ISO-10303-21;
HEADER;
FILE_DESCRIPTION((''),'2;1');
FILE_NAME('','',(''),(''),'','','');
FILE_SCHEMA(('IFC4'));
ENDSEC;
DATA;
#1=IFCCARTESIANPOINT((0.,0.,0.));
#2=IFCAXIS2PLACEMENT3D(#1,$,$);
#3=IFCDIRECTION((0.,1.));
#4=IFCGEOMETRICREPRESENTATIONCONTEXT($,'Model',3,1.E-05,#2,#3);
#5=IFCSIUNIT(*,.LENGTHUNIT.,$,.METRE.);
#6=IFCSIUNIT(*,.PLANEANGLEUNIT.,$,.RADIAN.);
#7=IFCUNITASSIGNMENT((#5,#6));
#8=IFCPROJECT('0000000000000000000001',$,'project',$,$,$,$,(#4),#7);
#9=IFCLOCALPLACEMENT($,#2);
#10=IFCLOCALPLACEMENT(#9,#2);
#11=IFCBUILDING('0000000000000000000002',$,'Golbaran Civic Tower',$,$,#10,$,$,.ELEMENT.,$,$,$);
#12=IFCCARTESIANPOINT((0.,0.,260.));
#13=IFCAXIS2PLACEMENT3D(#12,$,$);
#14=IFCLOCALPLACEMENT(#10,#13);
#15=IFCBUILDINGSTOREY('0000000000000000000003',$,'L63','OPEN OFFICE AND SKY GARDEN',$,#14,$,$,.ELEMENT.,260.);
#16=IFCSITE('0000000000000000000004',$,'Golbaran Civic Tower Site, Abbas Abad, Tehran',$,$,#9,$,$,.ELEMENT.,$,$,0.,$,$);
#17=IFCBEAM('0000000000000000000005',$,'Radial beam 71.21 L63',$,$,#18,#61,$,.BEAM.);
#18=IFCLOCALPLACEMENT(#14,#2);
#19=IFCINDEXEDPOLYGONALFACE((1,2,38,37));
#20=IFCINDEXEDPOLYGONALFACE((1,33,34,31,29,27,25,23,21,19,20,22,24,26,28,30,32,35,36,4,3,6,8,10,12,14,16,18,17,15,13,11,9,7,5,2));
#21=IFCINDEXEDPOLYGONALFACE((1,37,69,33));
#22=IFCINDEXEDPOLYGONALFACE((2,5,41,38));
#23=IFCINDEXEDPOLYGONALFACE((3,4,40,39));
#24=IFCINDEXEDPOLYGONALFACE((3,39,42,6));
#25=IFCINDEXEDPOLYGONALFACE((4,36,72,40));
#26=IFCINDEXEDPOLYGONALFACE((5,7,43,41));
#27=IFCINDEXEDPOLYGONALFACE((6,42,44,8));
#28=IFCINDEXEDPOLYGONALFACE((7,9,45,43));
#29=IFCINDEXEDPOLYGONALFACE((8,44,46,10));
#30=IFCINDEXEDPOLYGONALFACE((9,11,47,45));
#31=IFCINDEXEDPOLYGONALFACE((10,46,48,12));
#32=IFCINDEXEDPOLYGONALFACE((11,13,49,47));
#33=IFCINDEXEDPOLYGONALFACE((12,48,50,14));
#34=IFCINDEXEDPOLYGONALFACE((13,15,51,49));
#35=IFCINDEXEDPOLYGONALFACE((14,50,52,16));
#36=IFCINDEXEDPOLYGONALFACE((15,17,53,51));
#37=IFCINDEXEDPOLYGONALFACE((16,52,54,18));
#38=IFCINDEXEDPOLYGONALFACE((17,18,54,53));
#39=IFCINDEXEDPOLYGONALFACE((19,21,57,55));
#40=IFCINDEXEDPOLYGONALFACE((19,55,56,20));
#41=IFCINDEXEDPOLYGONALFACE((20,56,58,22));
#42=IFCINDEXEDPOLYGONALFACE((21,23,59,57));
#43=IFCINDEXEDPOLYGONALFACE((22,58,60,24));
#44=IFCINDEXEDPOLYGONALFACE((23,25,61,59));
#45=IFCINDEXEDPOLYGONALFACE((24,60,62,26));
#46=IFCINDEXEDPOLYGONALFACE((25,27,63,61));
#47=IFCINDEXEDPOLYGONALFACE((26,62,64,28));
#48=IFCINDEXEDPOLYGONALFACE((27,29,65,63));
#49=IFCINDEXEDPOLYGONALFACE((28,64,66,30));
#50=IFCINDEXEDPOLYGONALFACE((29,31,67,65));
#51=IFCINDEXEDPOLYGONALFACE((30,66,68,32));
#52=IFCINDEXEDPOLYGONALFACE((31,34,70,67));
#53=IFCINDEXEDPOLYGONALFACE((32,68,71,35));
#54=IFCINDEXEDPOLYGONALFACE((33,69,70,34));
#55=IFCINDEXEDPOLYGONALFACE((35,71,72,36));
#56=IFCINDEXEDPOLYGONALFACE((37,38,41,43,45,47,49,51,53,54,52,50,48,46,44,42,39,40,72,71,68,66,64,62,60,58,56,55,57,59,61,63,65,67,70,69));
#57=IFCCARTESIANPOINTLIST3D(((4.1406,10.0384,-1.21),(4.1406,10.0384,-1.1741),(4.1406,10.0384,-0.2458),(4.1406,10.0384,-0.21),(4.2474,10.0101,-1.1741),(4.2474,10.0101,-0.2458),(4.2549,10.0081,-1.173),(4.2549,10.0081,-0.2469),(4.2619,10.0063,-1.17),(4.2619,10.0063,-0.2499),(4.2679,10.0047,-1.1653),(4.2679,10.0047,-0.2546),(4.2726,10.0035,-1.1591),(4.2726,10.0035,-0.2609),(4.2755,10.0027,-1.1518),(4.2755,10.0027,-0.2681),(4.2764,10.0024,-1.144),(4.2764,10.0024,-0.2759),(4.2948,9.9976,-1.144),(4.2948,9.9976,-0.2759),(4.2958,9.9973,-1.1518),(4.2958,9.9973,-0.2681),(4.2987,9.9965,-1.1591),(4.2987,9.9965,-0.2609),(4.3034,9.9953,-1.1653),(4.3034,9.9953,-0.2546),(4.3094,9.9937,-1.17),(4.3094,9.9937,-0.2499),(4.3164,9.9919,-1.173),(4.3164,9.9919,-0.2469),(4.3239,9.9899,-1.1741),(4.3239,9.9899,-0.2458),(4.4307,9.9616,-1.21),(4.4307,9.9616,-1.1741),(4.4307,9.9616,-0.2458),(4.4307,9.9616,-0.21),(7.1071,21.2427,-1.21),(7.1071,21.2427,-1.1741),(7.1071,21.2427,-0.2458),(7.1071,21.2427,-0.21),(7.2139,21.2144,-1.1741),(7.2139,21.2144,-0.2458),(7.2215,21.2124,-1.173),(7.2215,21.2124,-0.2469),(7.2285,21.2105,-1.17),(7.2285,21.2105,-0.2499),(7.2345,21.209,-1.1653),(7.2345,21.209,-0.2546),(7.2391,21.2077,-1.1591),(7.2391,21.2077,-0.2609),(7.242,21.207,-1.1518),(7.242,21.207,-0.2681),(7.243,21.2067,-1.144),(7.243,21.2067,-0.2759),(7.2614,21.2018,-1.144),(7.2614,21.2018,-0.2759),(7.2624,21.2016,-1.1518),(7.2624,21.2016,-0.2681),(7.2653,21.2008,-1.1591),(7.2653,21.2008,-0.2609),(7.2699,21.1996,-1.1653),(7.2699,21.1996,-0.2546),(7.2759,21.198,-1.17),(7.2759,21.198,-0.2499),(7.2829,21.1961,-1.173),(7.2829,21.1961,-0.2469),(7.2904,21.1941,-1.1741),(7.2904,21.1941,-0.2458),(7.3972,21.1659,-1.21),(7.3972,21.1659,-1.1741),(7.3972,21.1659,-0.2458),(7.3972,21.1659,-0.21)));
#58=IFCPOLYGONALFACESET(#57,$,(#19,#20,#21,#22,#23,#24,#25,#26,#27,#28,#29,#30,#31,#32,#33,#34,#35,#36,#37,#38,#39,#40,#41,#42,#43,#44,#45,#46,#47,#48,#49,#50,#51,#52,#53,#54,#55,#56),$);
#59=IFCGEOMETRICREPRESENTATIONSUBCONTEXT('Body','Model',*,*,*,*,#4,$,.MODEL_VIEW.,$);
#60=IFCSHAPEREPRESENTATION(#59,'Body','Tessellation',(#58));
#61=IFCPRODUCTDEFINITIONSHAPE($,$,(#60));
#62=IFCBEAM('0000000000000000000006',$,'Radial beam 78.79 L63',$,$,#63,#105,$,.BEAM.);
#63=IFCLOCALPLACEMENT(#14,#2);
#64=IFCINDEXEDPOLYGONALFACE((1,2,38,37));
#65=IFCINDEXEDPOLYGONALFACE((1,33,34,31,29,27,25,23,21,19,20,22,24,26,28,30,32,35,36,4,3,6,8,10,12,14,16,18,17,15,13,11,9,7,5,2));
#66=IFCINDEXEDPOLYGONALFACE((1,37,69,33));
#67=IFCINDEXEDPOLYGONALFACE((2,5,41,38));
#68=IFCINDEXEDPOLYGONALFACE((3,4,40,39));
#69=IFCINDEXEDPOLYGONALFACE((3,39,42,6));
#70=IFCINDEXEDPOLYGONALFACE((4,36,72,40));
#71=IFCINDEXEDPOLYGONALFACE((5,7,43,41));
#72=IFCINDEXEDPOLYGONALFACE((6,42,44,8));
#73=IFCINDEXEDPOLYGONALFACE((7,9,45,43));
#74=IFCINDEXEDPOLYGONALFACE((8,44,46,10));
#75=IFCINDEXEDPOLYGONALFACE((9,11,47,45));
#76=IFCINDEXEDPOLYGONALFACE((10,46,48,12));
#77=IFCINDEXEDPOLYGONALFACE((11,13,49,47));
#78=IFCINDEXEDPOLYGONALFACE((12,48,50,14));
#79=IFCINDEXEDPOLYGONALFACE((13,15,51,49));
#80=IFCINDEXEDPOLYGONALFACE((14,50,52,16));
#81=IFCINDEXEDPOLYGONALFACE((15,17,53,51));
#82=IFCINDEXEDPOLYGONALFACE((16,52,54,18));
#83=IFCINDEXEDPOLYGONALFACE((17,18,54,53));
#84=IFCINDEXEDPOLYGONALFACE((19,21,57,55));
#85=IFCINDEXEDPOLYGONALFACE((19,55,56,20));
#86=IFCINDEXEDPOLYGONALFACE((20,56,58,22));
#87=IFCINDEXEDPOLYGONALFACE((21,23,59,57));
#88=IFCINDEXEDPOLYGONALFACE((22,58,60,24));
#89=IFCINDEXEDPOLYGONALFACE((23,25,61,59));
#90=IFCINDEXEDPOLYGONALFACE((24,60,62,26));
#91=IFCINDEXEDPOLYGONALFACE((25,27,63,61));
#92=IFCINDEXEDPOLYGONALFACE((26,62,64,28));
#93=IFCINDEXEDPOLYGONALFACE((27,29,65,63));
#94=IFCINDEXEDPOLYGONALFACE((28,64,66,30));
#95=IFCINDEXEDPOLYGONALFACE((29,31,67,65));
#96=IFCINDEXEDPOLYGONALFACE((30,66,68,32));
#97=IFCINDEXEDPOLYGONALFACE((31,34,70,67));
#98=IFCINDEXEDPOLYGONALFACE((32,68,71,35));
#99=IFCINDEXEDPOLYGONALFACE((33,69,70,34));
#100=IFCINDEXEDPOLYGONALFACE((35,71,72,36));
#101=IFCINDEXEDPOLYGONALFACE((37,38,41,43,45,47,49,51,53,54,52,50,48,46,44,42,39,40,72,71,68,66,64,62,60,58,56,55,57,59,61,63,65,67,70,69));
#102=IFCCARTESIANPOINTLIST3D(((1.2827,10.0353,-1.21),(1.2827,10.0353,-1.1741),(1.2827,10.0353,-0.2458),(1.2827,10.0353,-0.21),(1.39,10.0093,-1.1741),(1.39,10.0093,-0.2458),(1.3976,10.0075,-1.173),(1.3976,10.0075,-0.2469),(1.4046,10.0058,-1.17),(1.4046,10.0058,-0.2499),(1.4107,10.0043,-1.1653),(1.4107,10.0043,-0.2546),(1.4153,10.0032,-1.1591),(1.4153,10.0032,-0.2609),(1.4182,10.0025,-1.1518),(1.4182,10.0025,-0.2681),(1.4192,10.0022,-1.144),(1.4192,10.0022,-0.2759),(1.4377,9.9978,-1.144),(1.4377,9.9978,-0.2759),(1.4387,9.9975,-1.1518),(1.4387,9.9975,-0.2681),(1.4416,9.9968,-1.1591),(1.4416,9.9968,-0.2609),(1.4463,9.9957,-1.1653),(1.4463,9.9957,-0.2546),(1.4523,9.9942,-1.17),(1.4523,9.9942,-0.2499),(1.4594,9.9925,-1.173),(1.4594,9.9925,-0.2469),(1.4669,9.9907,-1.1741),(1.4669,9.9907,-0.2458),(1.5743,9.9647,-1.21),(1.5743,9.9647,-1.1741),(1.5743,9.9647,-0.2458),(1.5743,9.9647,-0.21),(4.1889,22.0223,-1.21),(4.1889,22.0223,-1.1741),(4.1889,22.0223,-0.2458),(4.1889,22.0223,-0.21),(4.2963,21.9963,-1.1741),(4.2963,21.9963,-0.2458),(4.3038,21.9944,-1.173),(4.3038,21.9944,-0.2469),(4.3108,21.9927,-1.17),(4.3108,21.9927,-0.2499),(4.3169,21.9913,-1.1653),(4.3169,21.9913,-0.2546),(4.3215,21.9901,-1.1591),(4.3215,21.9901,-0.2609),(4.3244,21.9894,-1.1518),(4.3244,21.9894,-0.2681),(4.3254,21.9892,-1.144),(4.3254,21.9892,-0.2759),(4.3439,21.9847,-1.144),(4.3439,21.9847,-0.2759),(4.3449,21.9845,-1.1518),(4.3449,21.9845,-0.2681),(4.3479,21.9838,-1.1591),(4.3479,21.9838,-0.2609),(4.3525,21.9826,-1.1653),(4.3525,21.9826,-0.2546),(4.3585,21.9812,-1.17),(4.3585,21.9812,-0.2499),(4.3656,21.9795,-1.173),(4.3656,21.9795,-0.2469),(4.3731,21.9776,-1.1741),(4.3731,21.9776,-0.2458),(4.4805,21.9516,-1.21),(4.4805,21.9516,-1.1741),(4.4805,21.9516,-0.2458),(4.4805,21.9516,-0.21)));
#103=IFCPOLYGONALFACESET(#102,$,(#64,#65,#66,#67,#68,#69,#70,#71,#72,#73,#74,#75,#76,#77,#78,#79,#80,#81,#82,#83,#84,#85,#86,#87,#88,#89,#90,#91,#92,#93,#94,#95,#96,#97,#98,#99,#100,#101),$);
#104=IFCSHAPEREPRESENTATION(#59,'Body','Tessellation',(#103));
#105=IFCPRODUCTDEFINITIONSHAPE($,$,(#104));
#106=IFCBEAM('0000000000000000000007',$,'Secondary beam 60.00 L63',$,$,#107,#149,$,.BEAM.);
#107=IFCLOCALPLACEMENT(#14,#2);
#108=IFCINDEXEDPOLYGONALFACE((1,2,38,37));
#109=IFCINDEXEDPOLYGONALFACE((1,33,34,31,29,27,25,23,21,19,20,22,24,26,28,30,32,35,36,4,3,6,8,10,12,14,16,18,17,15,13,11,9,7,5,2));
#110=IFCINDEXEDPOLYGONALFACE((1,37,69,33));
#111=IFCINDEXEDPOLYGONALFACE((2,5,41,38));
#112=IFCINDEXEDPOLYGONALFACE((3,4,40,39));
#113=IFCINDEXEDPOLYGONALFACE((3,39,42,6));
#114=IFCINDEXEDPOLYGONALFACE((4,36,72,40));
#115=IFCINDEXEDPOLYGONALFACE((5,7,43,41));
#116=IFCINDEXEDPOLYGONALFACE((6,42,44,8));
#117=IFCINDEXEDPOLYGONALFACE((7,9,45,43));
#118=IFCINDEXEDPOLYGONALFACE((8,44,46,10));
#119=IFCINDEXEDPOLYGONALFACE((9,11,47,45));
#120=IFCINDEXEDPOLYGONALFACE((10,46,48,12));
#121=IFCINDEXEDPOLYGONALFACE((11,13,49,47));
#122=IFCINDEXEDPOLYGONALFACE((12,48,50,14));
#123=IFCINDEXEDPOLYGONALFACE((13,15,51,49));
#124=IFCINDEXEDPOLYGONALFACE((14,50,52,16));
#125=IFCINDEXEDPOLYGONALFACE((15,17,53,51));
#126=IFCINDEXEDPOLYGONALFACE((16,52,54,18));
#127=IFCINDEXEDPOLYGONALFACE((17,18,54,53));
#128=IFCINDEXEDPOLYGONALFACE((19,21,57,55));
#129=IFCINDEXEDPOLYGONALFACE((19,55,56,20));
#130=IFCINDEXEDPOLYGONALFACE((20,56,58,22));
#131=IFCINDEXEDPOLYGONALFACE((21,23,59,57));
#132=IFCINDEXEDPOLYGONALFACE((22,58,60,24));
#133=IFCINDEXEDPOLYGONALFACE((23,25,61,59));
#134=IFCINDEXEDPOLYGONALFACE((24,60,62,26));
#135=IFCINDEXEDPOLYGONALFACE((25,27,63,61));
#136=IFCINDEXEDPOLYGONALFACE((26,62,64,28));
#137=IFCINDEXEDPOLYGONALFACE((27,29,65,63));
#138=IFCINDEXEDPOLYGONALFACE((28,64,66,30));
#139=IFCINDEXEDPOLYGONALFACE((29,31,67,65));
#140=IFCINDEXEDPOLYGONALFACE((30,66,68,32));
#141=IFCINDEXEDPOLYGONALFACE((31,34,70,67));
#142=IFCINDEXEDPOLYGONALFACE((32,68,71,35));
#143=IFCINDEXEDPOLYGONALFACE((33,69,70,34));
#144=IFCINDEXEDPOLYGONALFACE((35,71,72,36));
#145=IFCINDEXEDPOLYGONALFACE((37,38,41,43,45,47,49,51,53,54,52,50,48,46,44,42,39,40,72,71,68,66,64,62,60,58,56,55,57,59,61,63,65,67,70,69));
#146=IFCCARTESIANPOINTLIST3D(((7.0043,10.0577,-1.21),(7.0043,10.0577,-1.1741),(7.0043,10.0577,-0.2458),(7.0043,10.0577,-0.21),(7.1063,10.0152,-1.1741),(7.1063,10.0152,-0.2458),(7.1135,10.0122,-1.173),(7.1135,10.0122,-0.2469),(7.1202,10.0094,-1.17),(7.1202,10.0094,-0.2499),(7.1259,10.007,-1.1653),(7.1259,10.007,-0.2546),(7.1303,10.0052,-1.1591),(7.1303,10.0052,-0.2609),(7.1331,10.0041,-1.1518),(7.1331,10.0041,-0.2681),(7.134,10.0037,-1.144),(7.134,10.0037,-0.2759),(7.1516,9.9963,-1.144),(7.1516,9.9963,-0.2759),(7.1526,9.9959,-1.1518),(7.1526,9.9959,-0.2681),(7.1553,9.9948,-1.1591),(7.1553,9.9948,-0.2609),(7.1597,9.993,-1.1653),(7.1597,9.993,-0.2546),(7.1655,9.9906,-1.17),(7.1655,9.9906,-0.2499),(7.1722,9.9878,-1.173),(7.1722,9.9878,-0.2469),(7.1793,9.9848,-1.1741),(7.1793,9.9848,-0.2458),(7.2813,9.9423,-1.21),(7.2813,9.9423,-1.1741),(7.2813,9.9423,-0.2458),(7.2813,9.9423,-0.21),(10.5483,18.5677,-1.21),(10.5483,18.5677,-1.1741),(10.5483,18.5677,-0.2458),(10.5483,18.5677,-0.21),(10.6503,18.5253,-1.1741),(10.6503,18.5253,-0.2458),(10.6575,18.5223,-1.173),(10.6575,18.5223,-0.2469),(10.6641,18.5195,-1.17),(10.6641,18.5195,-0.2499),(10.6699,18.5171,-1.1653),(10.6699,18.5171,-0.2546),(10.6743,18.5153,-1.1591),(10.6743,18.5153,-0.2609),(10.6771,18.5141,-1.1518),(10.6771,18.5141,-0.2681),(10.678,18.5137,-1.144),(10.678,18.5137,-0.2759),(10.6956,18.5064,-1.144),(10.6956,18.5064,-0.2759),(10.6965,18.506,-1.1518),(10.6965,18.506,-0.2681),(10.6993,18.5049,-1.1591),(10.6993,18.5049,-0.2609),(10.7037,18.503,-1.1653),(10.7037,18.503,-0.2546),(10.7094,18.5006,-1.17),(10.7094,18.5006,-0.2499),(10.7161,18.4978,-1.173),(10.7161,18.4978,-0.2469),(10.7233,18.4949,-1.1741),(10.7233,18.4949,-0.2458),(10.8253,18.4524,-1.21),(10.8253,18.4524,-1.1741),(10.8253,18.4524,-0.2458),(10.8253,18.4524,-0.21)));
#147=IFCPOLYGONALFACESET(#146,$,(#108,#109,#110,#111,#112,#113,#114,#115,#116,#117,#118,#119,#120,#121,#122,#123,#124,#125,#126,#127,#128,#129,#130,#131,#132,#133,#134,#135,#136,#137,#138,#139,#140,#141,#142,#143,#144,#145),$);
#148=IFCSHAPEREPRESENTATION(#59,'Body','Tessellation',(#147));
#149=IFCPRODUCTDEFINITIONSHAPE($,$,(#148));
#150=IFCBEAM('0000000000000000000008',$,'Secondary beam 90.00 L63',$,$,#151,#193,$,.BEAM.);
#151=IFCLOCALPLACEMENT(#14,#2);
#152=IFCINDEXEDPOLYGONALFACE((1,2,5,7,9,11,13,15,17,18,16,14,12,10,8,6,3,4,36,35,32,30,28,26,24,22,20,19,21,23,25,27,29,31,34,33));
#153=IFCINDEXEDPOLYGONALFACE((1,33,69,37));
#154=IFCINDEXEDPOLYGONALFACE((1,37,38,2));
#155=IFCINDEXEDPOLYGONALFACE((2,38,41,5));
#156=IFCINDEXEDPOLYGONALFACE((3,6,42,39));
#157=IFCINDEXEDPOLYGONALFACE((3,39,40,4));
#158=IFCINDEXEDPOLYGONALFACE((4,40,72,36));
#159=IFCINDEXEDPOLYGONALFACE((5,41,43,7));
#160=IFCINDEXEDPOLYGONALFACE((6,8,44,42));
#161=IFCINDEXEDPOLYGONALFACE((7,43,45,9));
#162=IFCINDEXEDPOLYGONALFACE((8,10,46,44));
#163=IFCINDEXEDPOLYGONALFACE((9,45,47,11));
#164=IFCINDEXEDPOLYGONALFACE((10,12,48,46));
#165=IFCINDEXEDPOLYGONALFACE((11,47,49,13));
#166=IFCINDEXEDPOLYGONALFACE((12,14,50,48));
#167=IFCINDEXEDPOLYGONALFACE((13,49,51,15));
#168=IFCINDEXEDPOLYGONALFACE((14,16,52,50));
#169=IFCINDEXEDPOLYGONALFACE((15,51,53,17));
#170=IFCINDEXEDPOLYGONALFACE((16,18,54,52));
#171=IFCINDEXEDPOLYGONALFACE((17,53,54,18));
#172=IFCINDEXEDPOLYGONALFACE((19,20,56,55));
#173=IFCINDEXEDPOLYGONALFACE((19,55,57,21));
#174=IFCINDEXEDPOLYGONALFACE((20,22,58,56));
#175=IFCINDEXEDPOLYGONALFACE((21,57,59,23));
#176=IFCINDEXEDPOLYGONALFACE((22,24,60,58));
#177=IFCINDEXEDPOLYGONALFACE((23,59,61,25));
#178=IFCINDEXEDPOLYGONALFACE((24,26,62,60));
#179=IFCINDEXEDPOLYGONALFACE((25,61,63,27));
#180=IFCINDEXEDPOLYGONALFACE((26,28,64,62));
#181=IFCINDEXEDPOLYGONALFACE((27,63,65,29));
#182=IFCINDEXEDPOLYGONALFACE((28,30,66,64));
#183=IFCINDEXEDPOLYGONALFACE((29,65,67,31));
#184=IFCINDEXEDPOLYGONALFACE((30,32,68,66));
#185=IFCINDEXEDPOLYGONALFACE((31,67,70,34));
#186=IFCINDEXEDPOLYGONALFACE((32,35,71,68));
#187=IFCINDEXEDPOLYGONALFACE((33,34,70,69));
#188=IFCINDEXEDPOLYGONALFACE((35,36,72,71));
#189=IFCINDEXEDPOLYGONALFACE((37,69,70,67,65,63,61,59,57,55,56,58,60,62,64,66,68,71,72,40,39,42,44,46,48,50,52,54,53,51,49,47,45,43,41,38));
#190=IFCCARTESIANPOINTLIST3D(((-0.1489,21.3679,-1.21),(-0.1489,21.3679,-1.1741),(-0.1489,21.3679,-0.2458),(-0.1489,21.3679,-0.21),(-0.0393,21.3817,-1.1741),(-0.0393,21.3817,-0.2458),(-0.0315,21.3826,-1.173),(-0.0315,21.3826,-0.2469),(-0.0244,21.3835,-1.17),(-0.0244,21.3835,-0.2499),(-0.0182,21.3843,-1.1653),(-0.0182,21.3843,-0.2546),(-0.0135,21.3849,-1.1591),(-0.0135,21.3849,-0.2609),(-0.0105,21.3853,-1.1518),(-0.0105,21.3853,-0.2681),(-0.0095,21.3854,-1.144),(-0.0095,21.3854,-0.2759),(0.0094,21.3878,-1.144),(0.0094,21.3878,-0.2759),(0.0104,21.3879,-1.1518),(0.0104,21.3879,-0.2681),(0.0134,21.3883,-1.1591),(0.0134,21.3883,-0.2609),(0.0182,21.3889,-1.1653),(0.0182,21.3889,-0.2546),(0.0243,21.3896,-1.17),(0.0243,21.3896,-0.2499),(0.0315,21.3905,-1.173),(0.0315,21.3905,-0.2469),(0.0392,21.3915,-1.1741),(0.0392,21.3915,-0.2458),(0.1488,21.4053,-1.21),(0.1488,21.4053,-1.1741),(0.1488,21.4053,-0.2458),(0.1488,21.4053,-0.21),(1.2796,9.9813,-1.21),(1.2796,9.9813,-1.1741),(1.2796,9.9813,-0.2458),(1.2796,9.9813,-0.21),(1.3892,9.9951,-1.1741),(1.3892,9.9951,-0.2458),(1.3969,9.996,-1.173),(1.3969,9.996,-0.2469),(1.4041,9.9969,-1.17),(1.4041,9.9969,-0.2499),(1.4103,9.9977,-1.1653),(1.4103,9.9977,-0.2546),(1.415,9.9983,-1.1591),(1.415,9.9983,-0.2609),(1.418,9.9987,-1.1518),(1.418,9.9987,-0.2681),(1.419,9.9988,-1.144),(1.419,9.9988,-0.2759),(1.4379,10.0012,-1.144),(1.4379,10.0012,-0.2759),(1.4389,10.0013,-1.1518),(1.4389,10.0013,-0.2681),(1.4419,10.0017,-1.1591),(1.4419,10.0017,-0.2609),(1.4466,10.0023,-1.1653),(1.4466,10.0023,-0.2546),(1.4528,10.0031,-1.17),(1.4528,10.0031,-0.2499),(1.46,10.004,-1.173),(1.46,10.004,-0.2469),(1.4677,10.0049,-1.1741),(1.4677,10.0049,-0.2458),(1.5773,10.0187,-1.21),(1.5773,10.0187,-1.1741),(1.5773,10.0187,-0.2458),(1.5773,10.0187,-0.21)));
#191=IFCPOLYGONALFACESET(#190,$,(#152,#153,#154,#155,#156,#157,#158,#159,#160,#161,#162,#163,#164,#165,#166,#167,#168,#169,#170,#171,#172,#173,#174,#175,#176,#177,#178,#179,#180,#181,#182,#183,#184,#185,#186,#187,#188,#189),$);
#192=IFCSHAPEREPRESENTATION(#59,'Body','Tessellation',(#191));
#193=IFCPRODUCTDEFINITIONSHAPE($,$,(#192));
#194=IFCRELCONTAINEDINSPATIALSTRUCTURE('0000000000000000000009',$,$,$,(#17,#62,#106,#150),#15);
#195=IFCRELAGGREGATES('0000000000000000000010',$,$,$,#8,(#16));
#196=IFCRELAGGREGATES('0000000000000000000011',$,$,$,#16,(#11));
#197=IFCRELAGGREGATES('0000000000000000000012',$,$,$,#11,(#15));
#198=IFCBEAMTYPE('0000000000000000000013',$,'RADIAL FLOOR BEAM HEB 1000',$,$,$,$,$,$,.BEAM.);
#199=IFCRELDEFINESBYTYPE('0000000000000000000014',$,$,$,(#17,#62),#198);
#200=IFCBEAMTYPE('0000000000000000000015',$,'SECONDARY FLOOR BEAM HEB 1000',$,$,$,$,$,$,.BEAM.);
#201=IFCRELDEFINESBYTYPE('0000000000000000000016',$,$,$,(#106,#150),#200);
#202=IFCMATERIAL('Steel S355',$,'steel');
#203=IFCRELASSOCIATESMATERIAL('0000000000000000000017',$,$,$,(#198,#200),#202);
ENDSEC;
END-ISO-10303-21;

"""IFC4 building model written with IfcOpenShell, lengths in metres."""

from ifc_helpers import new_model, si_unit, direction, frame, origin, origin_2d, place, context, subcontext, project, spatial, i_section, extrude, material, material_profile, profile_set, type_object, element, save


model = new_model("IFC4")

# Units and contexts
model_context = context("Model", 3, precision=1e-05, world=origin(), true_north=direction((0.0, 1.0)))
body_context = subcontext(model_context, "Body", "Model", "MODEL_VIEW")
ifc_project = project(units=[si_unit("LENGTHUNIT", "METRE"), si_unit("PLANEANGLEUNIT", "RADIAN")], contexts=[model_context])

# Site, building, storey
site_placement = place(None, origin())
site = spatial("IfcSite", under=ifc_project, at=site_placement, Name="Golbaran Civic Tower Site, Abbas Abad, Tehran", CompositionType="ELEMENT", RefElevation=0.0)
building_placement = place(site_placement, origin())
building = spatial("IfcBuilding", under=site, at=building_placement, Name="Golbaran Civic Tower", CompositionType="ELEMENT")
storey_placement = place(building_placement, frame((0.0, 0.0, 260.0)))
storey = spatial("IfcBuildingStorey", under=building, at=storey_placement, Name="L63", Description="OPEN OFFICE AND SKY GARDEN", CompositionType="ELEMENT", Elevation=260.0)

# Beams
ifc_material_1 = material(Name="Steel S355", Category="steel")
ifc_material_profile_1 = material_profile(ifc_material_1, i_section(OverallWidth=0.3, OverallDepth=1.0, WebThickness=0.019, FlangeThickness=0.0359, FilletRadius=0.03, at=origin_2d()), Name="HEB 1000")
ifc_profile_set_1 = profile_set([ifc_material_profile_1], Name="Steel S355")
beam_type_1 = type_object("IfcBeamType", Name="RADIAL FLOOR BEAM HEB 1000", PredefinedType="BEAM", material=ifc_profile_set_1)
beam_1_placement = place(storey_placement, frame((4.2856, 10.0, -0.71), z_axis=(0.255949, 0.96669, 0.0), x_axis=(-0.96669, 0.255949, 0.0)))
element("IfcBeam", 1, at=beam_1_placement, inside=storey, type_object=beam_type_1, Name="Radial beam 71.21 L63", PredefinedType="BEAM", context=body_context, shape_type="SweptSolid", body=[
    extrude(i_section(OverallWidth=0.3, OverallDepth=1.0, WebThickness=0.019, FlangeThickness=0.0359, FilletRadius=0.03, at=origin_2d()), origin(), (0.0, 0.0, 1.0), 11.5903),
])
beam_2_placement = place(storey_placement, frame((1.4285, 10.0, -0.71), z_axis=(0.235623, 0.971845, 0.0), x_axis=(-0.971845, 0.235623, 0.0)))
element("IfcBeam", 2, at=beam_2_placement, inside=storey, type_object=beam_type_1, Name="Radial beam 78.79 L63", PredefinedType="BEAM", context=body_context, shape_type="SweptSolid", body=[
    extrude(i_section(OverallWidth=0.3, OverallDepth=1.0, WebThickness=0.019, FlangeThickness=0.0359, FilletRadius=0.03, at=origin_2d()), origin(), (0.0, 0.0, 1.0), 12.3342),
])
ifc_material_profile_2 = material_profile(ifc_material_1, i_section(OverallWidth=0.3, OverallDepth=1.0, WebThickness=0.019, FlangeThickness=0.0359, FilletRadius=0.03, at=origin_2d()), Name="HEB 1000")
ifc_profile_set_2 = profile_set([ifc_material_profile_2], Name="Steel S355")
beam_type_2 = type_object("IfcBeamType", Name="SECONDARY FLOOR BEAM HEB 1000", PredefinedType="BEAM", material=ifc_profile_set_2)
beam_3_placement = place(storey_placement, frame((7.1428, 10.0, -0.71), z_axis=(0.38444, 0.92315, 0.0), x_axis=(-0.92315, 0.38444, 0.0)))
element("IfcBeam", 3, at=beam_3_placement, inside=storey, type_object=beam_type_2, Name="Secondary beam 60.00 L63", PredefinedType="BEAM", context=body_context, shape_type="SweptSolid", body=[
    extrude(i_section(OverallWidth=0.3, OverallDepth=1.0, WebThickness=0.019, FlangeThickness=0.0359, FilletRadius=0.03, at=origin_2d()), origin(), (0.0, 0.0, 1.0), 9.2185),
])
beam_4_placement = place(storey_placement, frame((1.4285, 10.0, -0.71), z_axis=(-0.124477, 0.992222, 0.0), x_axis=(-0.992222, -0.124477, 0.0)))
element("IfcBeam", 4, at=beam_4_placement, inside=storey, type_object=beam_type_2, Name="Secondary beam 90.00 L63", PredefinedType="BEAM", context=body_context, shape_type="SweptSolid", body=[
    extrude(i_section(OverallWidth=0.3, OverallDepth=1.0, WebThickness=0.019, FlangeThickness=0.0359, FilletRadius=0.03, at=origin_2d()), origin(), (0.0, 0.0, 1.0), 11.4758),
])

save(model, "model.ifc")
